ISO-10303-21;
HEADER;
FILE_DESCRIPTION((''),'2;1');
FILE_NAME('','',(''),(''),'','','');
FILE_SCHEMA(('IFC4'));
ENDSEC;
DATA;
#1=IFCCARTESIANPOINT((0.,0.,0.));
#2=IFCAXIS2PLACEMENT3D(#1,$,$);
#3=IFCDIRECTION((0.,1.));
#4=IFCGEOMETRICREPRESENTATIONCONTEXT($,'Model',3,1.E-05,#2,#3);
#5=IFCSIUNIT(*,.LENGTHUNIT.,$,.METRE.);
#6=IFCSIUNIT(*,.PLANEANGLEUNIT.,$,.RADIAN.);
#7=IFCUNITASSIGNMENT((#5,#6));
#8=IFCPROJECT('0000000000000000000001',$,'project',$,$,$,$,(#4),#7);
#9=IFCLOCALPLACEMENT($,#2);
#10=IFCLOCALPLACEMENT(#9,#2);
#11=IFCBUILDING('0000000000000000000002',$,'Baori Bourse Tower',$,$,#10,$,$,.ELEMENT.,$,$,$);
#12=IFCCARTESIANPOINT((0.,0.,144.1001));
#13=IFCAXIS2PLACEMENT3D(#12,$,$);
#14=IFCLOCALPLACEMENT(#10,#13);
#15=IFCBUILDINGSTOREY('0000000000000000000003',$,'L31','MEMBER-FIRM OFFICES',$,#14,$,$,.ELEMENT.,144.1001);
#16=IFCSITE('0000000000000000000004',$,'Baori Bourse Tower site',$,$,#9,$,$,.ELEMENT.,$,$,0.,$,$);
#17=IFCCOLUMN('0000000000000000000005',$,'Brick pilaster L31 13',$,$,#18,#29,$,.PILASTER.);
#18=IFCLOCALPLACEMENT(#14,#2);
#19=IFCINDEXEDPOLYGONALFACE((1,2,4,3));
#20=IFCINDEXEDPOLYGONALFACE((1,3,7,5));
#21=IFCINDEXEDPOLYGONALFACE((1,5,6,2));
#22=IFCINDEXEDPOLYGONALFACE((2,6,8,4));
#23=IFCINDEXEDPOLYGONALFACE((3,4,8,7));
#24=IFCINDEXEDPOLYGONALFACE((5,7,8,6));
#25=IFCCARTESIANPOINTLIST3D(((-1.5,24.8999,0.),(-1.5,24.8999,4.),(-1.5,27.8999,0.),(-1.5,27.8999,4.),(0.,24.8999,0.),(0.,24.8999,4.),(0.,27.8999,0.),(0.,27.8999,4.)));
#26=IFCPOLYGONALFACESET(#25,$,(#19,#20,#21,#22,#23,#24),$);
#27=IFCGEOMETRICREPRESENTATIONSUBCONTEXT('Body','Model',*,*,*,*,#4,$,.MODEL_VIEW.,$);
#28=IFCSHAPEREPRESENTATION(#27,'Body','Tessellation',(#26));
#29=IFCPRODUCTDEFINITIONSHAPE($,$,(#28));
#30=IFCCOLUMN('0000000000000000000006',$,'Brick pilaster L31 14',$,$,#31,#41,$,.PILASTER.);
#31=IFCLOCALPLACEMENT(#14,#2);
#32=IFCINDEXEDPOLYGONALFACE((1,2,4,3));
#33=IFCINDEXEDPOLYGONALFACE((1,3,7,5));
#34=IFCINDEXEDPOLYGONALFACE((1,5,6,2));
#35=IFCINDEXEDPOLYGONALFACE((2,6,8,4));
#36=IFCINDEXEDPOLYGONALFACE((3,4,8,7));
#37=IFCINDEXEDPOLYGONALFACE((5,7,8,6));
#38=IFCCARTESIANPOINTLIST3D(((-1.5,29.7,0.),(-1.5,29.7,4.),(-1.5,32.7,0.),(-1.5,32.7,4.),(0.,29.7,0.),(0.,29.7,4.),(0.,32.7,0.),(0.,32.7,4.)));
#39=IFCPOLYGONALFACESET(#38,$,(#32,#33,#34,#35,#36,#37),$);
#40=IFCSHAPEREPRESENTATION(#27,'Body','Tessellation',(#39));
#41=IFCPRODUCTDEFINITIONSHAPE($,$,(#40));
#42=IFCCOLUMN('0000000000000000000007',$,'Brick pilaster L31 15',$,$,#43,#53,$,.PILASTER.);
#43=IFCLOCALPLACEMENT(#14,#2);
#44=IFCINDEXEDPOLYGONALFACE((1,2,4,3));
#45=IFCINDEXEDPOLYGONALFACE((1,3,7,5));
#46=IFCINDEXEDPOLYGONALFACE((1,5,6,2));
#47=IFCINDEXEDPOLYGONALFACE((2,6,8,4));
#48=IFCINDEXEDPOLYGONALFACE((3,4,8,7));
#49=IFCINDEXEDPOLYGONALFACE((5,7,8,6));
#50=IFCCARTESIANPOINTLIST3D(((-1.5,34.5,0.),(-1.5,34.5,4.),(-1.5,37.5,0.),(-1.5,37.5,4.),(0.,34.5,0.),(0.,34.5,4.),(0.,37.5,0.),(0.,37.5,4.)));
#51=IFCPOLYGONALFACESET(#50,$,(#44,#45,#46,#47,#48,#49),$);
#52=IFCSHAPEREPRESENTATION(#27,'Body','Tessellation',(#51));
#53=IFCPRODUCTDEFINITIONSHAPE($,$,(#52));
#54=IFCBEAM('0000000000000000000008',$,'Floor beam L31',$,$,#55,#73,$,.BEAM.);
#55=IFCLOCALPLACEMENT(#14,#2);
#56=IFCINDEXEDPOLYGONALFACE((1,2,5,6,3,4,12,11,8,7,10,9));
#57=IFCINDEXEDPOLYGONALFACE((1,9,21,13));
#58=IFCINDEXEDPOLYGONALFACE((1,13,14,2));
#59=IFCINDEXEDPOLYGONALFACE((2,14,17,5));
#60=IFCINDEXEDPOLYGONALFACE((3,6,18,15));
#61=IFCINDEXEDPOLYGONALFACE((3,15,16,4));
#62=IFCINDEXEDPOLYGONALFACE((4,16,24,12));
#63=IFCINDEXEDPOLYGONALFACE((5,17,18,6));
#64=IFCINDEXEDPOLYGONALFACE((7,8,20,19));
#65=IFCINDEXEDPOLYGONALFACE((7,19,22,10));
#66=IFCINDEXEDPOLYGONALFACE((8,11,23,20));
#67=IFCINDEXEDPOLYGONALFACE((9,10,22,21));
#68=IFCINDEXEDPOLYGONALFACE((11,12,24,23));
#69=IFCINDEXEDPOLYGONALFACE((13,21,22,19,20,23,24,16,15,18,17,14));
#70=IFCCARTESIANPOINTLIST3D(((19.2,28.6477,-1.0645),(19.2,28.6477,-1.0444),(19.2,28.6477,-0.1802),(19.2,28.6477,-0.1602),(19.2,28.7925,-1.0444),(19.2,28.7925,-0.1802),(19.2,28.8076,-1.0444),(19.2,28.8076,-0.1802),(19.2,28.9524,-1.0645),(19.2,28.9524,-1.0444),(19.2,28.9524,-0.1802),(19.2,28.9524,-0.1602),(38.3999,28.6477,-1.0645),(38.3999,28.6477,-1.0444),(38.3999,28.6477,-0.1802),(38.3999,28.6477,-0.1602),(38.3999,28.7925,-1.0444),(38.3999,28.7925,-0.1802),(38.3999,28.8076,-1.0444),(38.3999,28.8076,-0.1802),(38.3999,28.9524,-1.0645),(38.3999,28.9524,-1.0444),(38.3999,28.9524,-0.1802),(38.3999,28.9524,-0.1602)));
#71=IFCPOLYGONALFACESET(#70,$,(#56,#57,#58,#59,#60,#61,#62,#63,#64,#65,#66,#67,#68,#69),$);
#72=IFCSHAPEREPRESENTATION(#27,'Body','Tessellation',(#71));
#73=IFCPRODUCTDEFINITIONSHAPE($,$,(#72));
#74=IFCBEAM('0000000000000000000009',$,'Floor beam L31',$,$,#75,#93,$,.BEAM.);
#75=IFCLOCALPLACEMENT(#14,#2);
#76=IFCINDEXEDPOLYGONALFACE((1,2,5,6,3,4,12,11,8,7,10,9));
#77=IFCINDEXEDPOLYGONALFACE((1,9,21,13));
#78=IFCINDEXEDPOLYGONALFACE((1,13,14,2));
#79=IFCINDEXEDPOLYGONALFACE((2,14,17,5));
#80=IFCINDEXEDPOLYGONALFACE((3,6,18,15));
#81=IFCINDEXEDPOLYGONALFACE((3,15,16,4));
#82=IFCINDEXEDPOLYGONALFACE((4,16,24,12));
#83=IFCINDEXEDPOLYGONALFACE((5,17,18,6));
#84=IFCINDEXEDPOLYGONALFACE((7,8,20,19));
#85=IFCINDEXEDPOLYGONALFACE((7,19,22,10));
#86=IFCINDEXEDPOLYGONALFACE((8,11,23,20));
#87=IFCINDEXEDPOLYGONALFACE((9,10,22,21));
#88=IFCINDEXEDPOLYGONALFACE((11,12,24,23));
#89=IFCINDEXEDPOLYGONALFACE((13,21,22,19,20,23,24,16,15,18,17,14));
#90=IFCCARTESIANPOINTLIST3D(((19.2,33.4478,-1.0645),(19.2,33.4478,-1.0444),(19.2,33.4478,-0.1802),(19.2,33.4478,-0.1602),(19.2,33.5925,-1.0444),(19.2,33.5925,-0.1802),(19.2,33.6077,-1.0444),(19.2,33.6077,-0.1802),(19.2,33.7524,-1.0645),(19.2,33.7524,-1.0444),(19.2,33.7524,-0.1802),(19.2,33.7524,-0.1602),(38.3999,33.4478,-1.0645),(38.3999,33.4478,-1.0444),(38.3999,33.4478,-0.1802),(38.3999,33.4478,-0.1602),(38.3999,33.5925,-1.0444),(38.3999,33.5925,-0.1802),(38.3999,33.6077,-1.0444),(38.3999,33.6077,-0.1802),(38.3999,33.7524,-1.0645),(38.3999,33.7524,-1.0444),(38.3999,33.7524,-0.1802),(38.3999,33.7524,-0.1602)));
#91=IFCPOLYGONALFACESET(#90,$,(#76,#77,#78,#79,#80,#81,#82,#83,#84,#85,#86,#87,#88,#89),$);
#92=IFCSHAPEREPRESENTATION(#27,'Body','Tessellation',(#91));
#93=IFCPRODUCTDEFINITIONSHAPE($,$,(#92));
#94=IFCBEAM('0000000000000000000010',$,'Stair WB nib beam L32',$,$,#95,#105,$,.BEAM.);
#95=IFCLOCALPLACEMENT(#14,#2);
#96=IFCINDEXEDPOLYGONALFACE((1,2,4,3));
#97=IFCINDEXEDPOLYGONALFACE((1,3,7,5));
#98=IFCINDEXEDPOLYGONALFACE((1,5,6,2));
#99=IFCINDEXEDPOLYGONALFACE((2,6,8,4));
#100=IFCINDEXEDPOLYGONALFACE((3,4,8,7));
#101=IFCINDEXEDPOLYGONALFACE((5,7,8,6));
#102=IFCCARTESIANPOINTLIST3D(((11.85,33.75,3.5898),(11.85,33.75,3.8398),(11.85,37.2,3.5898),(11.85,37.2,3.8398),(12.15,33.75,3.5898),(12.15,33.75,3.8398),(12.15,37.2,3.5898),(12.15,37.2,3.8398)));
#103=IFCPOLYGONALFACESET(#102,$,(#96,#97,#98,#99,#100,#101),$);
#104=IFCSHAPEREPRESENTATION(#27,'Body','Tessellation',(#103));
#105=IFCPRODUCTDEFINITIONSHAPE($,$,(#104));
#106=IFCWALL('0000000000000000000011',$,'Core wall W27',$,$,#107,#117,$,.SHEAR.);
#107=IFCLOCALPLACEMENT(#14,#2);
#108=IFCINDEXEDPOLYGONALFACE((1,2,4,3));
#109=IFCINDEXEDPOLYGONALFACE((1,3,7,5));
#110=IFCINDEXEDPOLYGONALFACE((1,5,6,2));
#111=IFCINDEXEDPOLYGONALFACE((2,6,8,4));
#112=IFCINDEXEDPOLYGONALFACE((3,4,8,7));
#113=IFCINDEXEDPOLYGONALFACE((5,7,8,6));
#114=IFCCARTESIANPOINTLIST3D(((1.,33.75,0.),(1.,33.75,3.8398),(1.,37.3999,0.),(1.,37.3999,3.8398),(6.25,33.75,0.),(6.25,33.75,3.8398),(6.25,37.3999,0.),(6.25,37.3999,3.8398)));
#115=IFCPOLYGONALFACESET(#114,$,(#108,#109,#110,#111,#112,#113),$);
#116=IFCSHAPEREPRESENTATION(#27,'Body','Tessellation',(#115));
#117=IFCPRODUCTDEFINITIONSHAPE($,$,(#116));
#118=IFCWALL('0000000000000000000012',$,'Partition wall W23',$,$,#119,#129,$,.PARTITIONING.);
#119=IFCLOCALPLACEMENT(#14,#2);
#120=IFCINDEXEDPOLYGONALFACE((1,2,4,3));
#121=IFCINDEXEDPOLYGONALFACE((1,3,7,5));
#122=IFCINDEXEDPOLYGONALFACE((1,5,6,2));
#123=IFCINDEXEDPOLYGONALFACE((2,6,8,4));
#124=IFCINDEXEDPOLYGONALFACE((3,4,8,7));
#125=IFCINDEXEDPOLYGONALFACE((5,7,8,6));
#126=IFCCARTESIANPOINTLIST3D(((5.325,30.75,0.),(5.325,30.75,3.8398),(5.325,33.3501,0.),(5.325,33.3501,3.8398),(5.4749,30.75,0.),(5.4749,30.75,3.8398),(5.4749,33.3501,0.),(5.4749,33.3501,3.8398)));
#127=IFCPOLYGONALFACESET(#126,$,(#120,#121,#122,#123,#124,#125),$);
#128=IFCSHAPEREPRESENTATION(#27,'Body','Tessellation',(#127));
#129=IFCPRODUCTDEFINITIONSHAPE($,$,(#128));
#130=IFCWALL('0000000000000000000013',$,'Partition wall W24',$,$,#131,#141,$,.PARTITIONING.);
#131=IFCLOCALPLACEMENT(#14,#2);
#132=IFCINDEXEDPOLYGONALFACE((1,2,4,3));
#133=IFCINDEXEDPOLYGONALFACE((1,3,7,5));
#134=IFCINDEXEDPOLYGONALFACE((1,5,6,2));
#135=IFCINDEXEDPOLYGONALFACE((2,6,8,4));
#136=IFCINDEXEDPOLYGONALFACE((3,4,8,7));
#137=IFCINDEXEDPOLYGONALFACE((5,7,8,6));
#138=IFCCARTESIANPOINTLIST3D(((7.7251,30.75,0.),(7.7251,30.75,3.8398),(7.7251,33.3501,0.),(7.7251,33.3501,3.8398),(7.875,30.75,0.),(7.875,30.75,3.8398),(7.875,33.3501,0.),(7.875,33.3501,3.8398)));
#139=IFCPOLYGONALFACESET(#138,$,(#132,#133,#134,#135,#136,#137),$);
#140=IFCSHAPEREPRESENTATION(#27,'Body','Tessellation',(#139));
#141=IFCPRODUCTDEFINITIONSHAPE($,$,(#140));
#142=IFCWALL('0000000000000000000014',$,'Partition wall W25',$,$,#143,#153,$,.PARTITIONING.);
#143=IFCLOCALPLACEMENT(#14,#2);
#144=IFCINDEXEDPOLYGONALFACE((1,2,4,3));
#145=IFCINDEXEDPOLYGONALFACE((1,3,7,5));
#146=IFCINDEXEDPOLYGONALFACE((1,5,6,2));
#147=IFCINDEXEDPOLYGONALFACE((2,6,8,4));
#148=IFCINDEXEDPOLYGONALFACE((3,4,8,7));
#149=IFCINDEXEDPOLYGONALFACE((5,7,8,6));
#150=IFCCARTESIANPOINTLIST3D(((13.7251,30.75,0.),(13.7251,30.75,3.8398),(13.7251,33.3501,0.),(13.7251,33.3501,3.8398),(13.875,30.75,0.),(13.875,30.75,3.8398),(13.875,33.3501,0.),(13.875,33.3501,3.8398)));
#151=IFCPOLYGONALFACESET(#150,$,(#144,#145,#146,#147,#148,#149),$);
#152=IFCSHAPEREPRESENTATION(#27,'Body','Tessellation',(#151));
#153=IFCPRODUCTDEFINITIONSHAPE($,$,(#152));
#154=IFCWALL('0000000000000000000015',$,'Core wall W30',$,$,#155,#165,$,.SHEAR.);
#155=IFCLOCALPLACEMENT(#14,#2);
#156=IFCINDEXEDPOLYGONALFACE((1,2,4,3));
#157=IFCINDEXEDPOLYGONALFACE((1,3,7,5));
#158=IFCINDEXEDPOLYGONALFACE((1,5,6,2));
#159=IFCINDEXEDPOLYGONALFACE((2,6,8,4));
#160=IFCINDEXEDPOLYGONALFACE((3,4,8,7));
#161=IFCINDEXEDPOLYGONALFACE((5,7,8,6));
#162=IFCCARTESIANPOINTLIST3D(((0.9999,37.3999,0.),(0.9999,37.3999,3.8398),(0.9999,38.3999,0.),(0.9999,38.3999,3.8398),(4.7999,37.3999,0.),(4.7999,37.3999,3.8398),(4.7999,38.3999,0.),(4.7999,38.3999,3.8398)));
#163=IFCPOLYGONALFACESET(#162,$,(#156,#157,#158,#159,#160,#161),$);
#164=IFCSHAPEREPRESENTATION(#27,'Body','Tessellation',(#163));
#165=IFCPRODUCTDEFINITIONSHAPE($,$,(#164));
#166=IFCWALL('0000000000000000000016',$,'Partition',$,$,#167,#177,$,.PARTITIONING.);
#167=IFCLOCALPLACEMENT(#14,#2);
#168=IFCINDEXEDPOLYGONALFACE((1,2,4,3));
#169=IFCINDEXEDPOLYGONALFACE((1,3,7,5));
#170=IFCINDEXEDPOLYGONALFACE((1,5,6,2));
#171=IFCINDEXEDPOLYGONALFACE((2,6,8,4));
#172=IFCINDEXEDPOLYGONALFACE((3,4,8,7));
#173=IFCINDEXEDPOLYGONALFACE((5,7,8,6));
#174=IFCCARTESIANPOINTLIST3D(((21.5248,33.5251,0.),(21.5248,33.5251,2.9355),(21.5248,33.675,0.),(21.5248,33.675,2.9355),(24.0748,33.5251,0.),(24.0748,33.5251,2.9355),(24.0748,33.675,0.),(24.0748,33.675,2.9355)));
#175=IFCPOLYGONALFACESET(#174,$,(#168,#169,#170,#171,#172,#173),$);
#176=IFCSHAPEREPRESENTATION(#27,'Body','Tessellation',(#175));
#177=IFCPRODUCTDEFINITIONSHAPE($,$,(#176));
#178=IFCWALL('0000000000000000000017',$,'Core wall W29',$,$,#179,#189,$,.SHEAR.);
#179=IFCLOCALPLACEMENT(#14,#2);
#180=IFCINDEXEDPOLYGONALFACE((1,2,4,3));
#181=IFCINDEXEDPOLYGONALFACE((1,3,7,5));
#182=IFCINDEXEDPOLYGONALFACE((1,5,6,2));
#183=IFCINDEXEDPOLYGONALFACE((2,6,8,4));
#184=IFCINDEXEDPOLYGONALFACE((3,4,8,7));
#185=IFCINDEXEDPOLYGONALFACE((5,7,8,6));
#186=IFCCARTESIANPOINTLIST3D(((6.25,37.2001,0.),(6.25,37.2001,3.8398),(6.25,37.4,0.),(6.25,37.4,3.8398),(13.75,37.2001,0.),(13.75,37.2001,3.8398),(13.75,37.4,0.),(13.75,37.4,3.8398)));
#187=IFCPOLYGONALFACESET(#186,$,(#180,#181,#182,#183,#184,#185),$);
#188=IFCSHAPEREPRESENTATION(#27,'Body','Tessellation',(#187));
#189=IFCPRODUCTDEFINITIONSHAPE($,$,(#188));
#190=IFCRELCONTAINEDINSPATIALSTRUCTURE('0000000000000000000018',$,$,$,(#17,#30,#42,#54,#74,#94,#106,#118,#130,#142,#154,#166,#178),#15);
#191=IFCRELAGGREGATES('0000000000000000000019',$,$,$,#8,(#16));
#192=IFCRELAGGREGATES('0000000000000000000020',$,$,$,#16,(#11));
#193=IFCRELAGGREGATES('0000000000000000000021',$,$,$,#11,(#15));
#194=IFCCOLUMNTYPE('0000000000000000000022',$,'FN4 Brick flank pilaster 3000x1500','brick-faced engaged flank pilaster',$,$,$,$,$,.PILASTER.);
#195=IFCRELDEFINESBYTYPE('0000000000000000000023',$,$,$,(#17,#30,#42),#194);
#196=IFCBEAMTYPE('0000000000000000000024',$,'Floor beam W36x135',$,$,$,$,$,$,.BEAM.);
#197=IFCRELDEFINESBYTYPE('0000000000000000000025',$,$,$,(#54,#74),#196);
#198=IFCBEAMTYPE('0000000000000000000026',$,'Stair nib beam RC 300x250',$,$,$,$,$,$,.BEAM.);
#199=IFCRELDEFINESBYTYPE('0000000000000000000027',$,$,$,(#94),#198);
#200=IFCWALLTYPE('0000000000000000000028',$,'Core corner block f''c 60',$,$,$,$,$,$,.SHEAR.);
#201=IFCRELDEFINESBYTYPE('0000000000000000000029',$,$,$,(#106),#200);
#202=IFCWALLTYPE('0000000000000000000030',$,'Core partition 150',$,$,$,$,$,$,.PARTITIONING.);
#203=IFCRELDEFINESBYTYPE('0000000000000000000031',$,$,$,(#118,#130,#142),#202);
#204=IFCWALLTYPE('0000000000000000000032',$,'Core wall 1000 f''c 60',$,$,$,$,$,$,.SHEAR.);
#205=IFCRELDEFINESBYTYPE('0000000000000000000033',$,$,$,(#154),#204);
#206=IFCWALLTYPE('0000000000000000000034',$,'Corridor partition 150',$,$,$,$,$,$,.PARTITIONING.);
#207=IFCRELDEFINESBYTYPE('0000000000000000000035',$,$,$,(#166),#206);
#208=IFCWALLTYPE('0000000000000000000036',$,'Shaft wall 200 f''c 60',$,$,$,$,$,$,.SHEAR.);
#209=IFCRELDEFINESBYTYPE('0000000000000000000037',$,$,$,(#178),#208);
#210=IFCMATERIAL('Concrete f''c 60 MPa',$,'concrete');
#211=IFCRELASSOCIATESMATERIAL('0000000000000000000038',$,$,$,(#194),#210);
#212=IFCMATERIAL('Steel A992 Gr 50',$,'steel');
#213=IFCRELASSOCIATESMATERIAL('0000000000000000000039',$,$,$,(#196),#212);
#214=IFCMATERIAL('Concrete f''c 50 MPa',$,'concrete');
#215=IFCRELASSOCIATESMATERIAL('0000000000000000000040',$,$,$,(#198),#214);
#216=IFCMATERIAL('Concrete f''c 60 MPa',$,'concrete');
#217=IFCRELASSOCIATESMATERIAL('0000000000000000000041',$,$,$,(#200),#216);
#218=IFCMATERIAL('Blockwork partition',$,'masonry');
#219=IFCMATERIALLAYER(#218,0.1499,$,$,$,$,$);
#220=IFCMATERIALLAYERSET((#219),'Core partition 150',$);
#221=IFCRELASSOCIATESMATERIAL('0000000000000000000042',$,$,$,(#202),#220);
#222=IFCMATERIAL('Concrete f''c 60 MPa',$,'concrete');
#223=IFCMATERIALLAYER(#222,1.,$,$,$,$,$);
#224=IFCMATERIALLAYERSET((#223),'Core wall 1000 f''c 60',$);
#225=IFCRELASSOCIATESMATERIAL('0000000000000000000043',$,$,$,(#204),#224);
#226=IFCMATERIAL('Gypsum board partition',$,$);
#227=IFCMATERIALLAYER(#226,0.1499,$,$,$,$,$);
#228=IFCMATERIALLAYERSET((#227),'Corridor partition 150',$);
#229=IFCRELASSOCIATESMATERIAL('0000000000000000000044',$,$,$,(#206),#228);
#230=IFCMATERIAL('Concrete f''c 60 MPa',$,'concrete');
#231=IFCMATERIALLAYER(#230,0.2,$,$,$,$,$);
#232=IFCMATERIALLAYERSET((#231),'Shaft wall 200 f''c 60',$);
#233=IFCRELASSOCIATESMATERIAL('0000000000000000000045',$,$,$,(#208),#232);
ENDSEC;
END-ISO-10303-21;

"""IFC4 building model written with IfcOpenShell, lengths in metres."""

from ifc_helpers import new_model, si_unit, direction, frame, frame_2d, origin, origin_2d, place, context, subcontext, project, spatial, rectangle, i_section, extrude, material, layer, layer_set, material_profile, profile_set, type_object, element, save


model = new_model("IFC4")

# Units and contexts
model_context = context("Model", 3, precision=1e-05, world=origin(), true_north=direction((0.0, 1.0)))
body_context = subcontext(model_context, "Body", "Model", "MODEL_VIEW")
ifc_project = project(units=[si_unit("LENGTHUNIT", "METRE"), si_unit("PLANEANGLEUNIT", "RADIAN")], contexts=[model_context])

# Site, building, storey
site_placement = place(None, origin())
site = spatial("IfcSite", under=ifc_project, at=site_placement, Name="Baori Bourse Tower site", CompositionType="ELEMENT", RefElevation=0.0)
building_placement = place(site_placement, origin())
building = spatial("IfcBuilding", under=site, at=building_placement, Name="Baori Bourse Tower", CompositionType="ELEMENT")
storey_placement = place(building_placement, frame((0.0, 0.0, 144.1001)))
storey = spatial("IfcBuildingStorey", under=building, at=storey_placement, Name="L31", Description="MEMBER-FIRM OFFICES", CompositionType="ELEMENT", Elevation=144.1001)

# Columns
ifc_material_1 = material(Name="Concrete f'c 60 MPa", Category="concrete")
ifc_material_profile_1 = material_profile(ifc_material_1, rectangle(XDim=3.0, YDim=1.5, at=origin_2d()), Name="RC 3000x1500")
ifc_profile_set_1 = profile_set([ifc_material_profile_1], Name="Concrete f'c 60 MPa")
column_type = type_object("IfcColumnType", Name="FN4 Brick flank pilaster 3000x1500", Description="brick-faced engaged flank pilaster", PredefinedType="PILASTER", material=ifc_profile_set_1)
for number, where, z_axis, x_axis, name in (
    (1, (-0.75, 26.3999, 0.0), (0.0, 0.0, 1.0), (0.0, 1.0, 0.0), "Brick pilaster L31 13"),
    (2, (-0.75, 31.2, 0.0), (0.0, 0.0, 1.0), (0.0, 1.0, 0.0), "Brick pilaster L31 14"),
    (3, (-0.75, 36.0, 0.0), (0.0, 0.0, 1.0), (0.0, 1.0, 0.0), "Brick pilaster L31 15"),
):
    element("IfcColumn", number, at=place(storey_placement, frame(where, z_axis=z_axis, x_axis=x_axis)), inside=storey, type_object=column_type, Name=name, PredefinedType="PILASTER", context=body_context, shape_type="SweptSolid", body=[
        extrude(rectangle(XDim=3.0, YDim=1.5, at=origin_2d()), origin(), (0.0, 0.0, 1.0), 4.0),
    ])

# Beams
ifc_material_2 = material(Name="Steel A992 Gr 50", Category="steel")
ifc_material_profile_2 = material_profile(ifc_material_2, i_section(OverallWidth=0.3047, OverallDepth=0.9043, WebThickness=0.0151, FlangeThickness=0.02, at=origin_2d()), Name="W36x135")
ifc_profile_set_2 = profile_set([ifc_material_profile_2], Name="Steel A992 Gr 50")
beam_type_1 = type_object("IfcBeamType", Name="Floor beam W36x135", PredefinedType="BEAM", material=ifc_profile_set_2)
for number, where, z_axis, x_axis, name in (
    (4, (19.2, 28.8, -0.6123), (1.0, 0.0, 0.0), (0.0, 1.0, 0.0), "Floor beam L31"),
    (5, (19.2, 33.6001, -0.6123), (1.0, 0.0, 0.0), (0.0, 1.0, 0.0), "Floor beam L31"),
):
    element("IfcBeam", number, at=place(storey_placement, frame(where, z_axis=z_axis, x_axis=x_axis)), inside=storey, type_object=beam_type_1, Name=name, PredefinedType="BEAM", context=body_context, shape_type="SweptSolid", body=[
        extrude(i_section(OverallWidth=0.3047, OverallDepth=0.9043, WebThickness=0.0151, FlangeThickness=0.02, at=origin_2d()), origin(), (0.0, 0.0, 1.0), 19.2),
    ])
ifc_material_3 = material(Name="Concrete f'c 50 MPa", Category="concrete")
ifc_material_profile_3 = material_profile(ifc_material_3, rectangle(XDim=0.3, YDim=0.25, at=origin_2d()), Name="RC 300x250")
ifc_profile_set_3 = profile_set([ifc_material_profile_3], Name="Concrete f'c 50 MPa")
beam_type_2 = type_object("IfcBeamType", Name="Stair nib beam RC 300x250", PredefinedType="BEAM", material=ifc_profile_set_3)
beam_placement = place(storey_placement, frame((12.0, 33.75, 3.7148), z_axis=(0.0, 1.0, 0.0), x_axis=(-1.0, 0.0, 0.0)))
element("IfcBeam", 6, at=beam_placement, inside=storey, type_object=beam_type_2, Name="Stair WB nib beam L32", PredefinedType="BEAM", context=body_context, shape_type="SweptSolid", body=[
    extrude(rectangle(XDim=0.3, YDim=0.25, at=origin_2d()), origin(), (0.0, 0.0, 1.0), 3.45),
])

# Walls
ifc_material_4 = material(Name="Concrete f'c 60 MPa", Category="concrete")
wall_type_1 = type_object("IfcWallType", Name="Core corner block f'c 60", PredefinedType="SHEAR", material=ifc_material_4)
wall_1_placement = place(storey_placement, frame((1.0, 35.575, 0.0), z_axis=(0.0, 0.0, 1.0), x_axis=(1.0, 0.0, 0.0)))
element("IfcWall", 7, at=wall_1_placement, inside=storey, type_object=wall_type_1, Name="Core wall W27", PredefinedType="SHEAR", context=body_context, shape_type="SweptSolid", body=[
    extrude(rectangle(XDim=5.25, YDim=3.6499, at=frame_2d((2.625, 0.0))), origin(), (0.0, 0.0, 1.0), 3.8398),
])
ifc_material_5 = material(Name="Blockwork partition", Category="masonry")
ifc_layer_1 = layer(ifc_material_5, 0.1499)
ifc_layer_set_1 = layer_set([ifc_layer_1], Name="Core partition 150")
wall_type_2 = type_object("IfcWallType", Name="Core partition 150", PredefinedType="PARTITIONING", material=ifc_layer_set_1)
for number, where, z_axis, x_axis, name in (
    (8, (5.3999, 30.75, 0.0), (0.0, 0.0, 1.0), (0.0, 1.0, 0.0), "Partition wall W23"),
    (9, (7.8, 30.75, 0.0), (0.0, 0.0, 1.0), (0.0, 1.0, 0.0), "Partition wall W24"),
    (10, (13.8, 30.75, 0.0), (0.0, 0.0, 1.0), (0.0, 1.0, 0.0), "Partition wall W25"),
):
    element("IfcWall", number, at=place(storey_placement, frame(where, z_axis=z_axis, x_axis=x_axis)), inside=storey, type_object=wall_type_2, Name=name, PredefinedType="PARTITIONING", context=body_context, shape_type="SweptSolid", body=[
        extrude(rectangle(XDim=2.6001, YDim=0.1499, at=frame_2d((1.3, 0.0))), origin(), (0.0, 0.0, 1.0), 3.8398),
    ])
ifc_material_6 = material(Name="Concrete f'c 60 MPa", Category="concrete")
ifc_layer_2 = layer(ifc_material_6, 1.0)
ifc_layer_set_2 = layer_set([ifc_layer_2], Name="Core wall 1000 f'c 60")
wall_type_3 = type_object("IfcWallType", Name="Core wall 1000 f'c 60", PredefinedType="SHEAR", material=ifc_layer_set_2)
wall_2_placement = place(storey_placement, frame((1.0, 37.8999, 0.0), z_axis=(0.0, 0.0, 1.0), x_axis=(1.0, 0.0, 0.0)))
element("IfcWall", 11, at=wall_2_placement, inside=storey, type_object=wall_type_3, Name="Core wall W30", PredefinedType="SHEAR", context=body_context, shape_type="SweptSolid", body=[
    extrude(rectangle(XDim=3.8, YDim=1.0, at=frame_2d((1.8999, 0.0))), origin(), (0.0, 0.0, 1.0), 3.8398),
])
ifc_material_7 = material(Name="Gypsum board partition")
ifc_layer_3 = layer(ifc_material_7, 0.1499)
ifc_layer_set_3 = layer_set([ifc_layer_3], Name="Corridor partition 150")
wall_type_4 = type_object("IfcWallType", Name="Corridor partition 150", PredefinedType="PARTITIONING", material=ifc_layer_set_3)
wall_3_placement = place(storey_placement, frame((21.5249, 33.6001, 0.0), z_axis=(0.0, 0.0, 1.0), x_axis=(1.0, 0.0, 0.0)))
element("IfcWall", 12, at=wall_3_placement, inside=storey, type_object=wall_type_4, Name="Partition", PredefinedType="PARTITIONING", context=body_context, shape_type="SweptSolid", body=[
    extrude(rectangle(XDim=2.55, YDim=0.1499, at=frame_2d((1.2749, 0.0))), origin(), (0.0, 0.0, 1.0), 2.9355),
])
ifc_material_8 = material(Name="Concrete f'c 60 MPa", Category="concrete")
ifc_layer_4 = layer(ifc_material_8, 0.2)
ifc_layer_set_4 = layer_set([ifc_layer_4], Name="Shaft wall 200 f'c 60")
wall_type_5 = type_object("IfcWallType", Name="Shaft wall 200 f'c 60", PredefinedType="SHEAR", material=ifc_layer_set_4)
wall_4_placement = place(storey_placement, frame((6.25, 37.3, 0.0), z_axis=(0.0, 0.0, 1.0), x_axis=(1.0, 0.0, 0.0)))
element("IfcWall", 13, at=wall_4_placement, inside=storey, type_object=wall_type_5, Name="Core wall W29", PredefinedType="SHEAR", context=body_context, shape_type="SweptSolid", body=[
    extrude(rectangle(XDim=7.5, YDim=0.2, at=frame_2d((3.75, 0.0))), origin(), (0.0, 0.0, 1.0), 3.8398),
])

save(model, "model.ifc")
